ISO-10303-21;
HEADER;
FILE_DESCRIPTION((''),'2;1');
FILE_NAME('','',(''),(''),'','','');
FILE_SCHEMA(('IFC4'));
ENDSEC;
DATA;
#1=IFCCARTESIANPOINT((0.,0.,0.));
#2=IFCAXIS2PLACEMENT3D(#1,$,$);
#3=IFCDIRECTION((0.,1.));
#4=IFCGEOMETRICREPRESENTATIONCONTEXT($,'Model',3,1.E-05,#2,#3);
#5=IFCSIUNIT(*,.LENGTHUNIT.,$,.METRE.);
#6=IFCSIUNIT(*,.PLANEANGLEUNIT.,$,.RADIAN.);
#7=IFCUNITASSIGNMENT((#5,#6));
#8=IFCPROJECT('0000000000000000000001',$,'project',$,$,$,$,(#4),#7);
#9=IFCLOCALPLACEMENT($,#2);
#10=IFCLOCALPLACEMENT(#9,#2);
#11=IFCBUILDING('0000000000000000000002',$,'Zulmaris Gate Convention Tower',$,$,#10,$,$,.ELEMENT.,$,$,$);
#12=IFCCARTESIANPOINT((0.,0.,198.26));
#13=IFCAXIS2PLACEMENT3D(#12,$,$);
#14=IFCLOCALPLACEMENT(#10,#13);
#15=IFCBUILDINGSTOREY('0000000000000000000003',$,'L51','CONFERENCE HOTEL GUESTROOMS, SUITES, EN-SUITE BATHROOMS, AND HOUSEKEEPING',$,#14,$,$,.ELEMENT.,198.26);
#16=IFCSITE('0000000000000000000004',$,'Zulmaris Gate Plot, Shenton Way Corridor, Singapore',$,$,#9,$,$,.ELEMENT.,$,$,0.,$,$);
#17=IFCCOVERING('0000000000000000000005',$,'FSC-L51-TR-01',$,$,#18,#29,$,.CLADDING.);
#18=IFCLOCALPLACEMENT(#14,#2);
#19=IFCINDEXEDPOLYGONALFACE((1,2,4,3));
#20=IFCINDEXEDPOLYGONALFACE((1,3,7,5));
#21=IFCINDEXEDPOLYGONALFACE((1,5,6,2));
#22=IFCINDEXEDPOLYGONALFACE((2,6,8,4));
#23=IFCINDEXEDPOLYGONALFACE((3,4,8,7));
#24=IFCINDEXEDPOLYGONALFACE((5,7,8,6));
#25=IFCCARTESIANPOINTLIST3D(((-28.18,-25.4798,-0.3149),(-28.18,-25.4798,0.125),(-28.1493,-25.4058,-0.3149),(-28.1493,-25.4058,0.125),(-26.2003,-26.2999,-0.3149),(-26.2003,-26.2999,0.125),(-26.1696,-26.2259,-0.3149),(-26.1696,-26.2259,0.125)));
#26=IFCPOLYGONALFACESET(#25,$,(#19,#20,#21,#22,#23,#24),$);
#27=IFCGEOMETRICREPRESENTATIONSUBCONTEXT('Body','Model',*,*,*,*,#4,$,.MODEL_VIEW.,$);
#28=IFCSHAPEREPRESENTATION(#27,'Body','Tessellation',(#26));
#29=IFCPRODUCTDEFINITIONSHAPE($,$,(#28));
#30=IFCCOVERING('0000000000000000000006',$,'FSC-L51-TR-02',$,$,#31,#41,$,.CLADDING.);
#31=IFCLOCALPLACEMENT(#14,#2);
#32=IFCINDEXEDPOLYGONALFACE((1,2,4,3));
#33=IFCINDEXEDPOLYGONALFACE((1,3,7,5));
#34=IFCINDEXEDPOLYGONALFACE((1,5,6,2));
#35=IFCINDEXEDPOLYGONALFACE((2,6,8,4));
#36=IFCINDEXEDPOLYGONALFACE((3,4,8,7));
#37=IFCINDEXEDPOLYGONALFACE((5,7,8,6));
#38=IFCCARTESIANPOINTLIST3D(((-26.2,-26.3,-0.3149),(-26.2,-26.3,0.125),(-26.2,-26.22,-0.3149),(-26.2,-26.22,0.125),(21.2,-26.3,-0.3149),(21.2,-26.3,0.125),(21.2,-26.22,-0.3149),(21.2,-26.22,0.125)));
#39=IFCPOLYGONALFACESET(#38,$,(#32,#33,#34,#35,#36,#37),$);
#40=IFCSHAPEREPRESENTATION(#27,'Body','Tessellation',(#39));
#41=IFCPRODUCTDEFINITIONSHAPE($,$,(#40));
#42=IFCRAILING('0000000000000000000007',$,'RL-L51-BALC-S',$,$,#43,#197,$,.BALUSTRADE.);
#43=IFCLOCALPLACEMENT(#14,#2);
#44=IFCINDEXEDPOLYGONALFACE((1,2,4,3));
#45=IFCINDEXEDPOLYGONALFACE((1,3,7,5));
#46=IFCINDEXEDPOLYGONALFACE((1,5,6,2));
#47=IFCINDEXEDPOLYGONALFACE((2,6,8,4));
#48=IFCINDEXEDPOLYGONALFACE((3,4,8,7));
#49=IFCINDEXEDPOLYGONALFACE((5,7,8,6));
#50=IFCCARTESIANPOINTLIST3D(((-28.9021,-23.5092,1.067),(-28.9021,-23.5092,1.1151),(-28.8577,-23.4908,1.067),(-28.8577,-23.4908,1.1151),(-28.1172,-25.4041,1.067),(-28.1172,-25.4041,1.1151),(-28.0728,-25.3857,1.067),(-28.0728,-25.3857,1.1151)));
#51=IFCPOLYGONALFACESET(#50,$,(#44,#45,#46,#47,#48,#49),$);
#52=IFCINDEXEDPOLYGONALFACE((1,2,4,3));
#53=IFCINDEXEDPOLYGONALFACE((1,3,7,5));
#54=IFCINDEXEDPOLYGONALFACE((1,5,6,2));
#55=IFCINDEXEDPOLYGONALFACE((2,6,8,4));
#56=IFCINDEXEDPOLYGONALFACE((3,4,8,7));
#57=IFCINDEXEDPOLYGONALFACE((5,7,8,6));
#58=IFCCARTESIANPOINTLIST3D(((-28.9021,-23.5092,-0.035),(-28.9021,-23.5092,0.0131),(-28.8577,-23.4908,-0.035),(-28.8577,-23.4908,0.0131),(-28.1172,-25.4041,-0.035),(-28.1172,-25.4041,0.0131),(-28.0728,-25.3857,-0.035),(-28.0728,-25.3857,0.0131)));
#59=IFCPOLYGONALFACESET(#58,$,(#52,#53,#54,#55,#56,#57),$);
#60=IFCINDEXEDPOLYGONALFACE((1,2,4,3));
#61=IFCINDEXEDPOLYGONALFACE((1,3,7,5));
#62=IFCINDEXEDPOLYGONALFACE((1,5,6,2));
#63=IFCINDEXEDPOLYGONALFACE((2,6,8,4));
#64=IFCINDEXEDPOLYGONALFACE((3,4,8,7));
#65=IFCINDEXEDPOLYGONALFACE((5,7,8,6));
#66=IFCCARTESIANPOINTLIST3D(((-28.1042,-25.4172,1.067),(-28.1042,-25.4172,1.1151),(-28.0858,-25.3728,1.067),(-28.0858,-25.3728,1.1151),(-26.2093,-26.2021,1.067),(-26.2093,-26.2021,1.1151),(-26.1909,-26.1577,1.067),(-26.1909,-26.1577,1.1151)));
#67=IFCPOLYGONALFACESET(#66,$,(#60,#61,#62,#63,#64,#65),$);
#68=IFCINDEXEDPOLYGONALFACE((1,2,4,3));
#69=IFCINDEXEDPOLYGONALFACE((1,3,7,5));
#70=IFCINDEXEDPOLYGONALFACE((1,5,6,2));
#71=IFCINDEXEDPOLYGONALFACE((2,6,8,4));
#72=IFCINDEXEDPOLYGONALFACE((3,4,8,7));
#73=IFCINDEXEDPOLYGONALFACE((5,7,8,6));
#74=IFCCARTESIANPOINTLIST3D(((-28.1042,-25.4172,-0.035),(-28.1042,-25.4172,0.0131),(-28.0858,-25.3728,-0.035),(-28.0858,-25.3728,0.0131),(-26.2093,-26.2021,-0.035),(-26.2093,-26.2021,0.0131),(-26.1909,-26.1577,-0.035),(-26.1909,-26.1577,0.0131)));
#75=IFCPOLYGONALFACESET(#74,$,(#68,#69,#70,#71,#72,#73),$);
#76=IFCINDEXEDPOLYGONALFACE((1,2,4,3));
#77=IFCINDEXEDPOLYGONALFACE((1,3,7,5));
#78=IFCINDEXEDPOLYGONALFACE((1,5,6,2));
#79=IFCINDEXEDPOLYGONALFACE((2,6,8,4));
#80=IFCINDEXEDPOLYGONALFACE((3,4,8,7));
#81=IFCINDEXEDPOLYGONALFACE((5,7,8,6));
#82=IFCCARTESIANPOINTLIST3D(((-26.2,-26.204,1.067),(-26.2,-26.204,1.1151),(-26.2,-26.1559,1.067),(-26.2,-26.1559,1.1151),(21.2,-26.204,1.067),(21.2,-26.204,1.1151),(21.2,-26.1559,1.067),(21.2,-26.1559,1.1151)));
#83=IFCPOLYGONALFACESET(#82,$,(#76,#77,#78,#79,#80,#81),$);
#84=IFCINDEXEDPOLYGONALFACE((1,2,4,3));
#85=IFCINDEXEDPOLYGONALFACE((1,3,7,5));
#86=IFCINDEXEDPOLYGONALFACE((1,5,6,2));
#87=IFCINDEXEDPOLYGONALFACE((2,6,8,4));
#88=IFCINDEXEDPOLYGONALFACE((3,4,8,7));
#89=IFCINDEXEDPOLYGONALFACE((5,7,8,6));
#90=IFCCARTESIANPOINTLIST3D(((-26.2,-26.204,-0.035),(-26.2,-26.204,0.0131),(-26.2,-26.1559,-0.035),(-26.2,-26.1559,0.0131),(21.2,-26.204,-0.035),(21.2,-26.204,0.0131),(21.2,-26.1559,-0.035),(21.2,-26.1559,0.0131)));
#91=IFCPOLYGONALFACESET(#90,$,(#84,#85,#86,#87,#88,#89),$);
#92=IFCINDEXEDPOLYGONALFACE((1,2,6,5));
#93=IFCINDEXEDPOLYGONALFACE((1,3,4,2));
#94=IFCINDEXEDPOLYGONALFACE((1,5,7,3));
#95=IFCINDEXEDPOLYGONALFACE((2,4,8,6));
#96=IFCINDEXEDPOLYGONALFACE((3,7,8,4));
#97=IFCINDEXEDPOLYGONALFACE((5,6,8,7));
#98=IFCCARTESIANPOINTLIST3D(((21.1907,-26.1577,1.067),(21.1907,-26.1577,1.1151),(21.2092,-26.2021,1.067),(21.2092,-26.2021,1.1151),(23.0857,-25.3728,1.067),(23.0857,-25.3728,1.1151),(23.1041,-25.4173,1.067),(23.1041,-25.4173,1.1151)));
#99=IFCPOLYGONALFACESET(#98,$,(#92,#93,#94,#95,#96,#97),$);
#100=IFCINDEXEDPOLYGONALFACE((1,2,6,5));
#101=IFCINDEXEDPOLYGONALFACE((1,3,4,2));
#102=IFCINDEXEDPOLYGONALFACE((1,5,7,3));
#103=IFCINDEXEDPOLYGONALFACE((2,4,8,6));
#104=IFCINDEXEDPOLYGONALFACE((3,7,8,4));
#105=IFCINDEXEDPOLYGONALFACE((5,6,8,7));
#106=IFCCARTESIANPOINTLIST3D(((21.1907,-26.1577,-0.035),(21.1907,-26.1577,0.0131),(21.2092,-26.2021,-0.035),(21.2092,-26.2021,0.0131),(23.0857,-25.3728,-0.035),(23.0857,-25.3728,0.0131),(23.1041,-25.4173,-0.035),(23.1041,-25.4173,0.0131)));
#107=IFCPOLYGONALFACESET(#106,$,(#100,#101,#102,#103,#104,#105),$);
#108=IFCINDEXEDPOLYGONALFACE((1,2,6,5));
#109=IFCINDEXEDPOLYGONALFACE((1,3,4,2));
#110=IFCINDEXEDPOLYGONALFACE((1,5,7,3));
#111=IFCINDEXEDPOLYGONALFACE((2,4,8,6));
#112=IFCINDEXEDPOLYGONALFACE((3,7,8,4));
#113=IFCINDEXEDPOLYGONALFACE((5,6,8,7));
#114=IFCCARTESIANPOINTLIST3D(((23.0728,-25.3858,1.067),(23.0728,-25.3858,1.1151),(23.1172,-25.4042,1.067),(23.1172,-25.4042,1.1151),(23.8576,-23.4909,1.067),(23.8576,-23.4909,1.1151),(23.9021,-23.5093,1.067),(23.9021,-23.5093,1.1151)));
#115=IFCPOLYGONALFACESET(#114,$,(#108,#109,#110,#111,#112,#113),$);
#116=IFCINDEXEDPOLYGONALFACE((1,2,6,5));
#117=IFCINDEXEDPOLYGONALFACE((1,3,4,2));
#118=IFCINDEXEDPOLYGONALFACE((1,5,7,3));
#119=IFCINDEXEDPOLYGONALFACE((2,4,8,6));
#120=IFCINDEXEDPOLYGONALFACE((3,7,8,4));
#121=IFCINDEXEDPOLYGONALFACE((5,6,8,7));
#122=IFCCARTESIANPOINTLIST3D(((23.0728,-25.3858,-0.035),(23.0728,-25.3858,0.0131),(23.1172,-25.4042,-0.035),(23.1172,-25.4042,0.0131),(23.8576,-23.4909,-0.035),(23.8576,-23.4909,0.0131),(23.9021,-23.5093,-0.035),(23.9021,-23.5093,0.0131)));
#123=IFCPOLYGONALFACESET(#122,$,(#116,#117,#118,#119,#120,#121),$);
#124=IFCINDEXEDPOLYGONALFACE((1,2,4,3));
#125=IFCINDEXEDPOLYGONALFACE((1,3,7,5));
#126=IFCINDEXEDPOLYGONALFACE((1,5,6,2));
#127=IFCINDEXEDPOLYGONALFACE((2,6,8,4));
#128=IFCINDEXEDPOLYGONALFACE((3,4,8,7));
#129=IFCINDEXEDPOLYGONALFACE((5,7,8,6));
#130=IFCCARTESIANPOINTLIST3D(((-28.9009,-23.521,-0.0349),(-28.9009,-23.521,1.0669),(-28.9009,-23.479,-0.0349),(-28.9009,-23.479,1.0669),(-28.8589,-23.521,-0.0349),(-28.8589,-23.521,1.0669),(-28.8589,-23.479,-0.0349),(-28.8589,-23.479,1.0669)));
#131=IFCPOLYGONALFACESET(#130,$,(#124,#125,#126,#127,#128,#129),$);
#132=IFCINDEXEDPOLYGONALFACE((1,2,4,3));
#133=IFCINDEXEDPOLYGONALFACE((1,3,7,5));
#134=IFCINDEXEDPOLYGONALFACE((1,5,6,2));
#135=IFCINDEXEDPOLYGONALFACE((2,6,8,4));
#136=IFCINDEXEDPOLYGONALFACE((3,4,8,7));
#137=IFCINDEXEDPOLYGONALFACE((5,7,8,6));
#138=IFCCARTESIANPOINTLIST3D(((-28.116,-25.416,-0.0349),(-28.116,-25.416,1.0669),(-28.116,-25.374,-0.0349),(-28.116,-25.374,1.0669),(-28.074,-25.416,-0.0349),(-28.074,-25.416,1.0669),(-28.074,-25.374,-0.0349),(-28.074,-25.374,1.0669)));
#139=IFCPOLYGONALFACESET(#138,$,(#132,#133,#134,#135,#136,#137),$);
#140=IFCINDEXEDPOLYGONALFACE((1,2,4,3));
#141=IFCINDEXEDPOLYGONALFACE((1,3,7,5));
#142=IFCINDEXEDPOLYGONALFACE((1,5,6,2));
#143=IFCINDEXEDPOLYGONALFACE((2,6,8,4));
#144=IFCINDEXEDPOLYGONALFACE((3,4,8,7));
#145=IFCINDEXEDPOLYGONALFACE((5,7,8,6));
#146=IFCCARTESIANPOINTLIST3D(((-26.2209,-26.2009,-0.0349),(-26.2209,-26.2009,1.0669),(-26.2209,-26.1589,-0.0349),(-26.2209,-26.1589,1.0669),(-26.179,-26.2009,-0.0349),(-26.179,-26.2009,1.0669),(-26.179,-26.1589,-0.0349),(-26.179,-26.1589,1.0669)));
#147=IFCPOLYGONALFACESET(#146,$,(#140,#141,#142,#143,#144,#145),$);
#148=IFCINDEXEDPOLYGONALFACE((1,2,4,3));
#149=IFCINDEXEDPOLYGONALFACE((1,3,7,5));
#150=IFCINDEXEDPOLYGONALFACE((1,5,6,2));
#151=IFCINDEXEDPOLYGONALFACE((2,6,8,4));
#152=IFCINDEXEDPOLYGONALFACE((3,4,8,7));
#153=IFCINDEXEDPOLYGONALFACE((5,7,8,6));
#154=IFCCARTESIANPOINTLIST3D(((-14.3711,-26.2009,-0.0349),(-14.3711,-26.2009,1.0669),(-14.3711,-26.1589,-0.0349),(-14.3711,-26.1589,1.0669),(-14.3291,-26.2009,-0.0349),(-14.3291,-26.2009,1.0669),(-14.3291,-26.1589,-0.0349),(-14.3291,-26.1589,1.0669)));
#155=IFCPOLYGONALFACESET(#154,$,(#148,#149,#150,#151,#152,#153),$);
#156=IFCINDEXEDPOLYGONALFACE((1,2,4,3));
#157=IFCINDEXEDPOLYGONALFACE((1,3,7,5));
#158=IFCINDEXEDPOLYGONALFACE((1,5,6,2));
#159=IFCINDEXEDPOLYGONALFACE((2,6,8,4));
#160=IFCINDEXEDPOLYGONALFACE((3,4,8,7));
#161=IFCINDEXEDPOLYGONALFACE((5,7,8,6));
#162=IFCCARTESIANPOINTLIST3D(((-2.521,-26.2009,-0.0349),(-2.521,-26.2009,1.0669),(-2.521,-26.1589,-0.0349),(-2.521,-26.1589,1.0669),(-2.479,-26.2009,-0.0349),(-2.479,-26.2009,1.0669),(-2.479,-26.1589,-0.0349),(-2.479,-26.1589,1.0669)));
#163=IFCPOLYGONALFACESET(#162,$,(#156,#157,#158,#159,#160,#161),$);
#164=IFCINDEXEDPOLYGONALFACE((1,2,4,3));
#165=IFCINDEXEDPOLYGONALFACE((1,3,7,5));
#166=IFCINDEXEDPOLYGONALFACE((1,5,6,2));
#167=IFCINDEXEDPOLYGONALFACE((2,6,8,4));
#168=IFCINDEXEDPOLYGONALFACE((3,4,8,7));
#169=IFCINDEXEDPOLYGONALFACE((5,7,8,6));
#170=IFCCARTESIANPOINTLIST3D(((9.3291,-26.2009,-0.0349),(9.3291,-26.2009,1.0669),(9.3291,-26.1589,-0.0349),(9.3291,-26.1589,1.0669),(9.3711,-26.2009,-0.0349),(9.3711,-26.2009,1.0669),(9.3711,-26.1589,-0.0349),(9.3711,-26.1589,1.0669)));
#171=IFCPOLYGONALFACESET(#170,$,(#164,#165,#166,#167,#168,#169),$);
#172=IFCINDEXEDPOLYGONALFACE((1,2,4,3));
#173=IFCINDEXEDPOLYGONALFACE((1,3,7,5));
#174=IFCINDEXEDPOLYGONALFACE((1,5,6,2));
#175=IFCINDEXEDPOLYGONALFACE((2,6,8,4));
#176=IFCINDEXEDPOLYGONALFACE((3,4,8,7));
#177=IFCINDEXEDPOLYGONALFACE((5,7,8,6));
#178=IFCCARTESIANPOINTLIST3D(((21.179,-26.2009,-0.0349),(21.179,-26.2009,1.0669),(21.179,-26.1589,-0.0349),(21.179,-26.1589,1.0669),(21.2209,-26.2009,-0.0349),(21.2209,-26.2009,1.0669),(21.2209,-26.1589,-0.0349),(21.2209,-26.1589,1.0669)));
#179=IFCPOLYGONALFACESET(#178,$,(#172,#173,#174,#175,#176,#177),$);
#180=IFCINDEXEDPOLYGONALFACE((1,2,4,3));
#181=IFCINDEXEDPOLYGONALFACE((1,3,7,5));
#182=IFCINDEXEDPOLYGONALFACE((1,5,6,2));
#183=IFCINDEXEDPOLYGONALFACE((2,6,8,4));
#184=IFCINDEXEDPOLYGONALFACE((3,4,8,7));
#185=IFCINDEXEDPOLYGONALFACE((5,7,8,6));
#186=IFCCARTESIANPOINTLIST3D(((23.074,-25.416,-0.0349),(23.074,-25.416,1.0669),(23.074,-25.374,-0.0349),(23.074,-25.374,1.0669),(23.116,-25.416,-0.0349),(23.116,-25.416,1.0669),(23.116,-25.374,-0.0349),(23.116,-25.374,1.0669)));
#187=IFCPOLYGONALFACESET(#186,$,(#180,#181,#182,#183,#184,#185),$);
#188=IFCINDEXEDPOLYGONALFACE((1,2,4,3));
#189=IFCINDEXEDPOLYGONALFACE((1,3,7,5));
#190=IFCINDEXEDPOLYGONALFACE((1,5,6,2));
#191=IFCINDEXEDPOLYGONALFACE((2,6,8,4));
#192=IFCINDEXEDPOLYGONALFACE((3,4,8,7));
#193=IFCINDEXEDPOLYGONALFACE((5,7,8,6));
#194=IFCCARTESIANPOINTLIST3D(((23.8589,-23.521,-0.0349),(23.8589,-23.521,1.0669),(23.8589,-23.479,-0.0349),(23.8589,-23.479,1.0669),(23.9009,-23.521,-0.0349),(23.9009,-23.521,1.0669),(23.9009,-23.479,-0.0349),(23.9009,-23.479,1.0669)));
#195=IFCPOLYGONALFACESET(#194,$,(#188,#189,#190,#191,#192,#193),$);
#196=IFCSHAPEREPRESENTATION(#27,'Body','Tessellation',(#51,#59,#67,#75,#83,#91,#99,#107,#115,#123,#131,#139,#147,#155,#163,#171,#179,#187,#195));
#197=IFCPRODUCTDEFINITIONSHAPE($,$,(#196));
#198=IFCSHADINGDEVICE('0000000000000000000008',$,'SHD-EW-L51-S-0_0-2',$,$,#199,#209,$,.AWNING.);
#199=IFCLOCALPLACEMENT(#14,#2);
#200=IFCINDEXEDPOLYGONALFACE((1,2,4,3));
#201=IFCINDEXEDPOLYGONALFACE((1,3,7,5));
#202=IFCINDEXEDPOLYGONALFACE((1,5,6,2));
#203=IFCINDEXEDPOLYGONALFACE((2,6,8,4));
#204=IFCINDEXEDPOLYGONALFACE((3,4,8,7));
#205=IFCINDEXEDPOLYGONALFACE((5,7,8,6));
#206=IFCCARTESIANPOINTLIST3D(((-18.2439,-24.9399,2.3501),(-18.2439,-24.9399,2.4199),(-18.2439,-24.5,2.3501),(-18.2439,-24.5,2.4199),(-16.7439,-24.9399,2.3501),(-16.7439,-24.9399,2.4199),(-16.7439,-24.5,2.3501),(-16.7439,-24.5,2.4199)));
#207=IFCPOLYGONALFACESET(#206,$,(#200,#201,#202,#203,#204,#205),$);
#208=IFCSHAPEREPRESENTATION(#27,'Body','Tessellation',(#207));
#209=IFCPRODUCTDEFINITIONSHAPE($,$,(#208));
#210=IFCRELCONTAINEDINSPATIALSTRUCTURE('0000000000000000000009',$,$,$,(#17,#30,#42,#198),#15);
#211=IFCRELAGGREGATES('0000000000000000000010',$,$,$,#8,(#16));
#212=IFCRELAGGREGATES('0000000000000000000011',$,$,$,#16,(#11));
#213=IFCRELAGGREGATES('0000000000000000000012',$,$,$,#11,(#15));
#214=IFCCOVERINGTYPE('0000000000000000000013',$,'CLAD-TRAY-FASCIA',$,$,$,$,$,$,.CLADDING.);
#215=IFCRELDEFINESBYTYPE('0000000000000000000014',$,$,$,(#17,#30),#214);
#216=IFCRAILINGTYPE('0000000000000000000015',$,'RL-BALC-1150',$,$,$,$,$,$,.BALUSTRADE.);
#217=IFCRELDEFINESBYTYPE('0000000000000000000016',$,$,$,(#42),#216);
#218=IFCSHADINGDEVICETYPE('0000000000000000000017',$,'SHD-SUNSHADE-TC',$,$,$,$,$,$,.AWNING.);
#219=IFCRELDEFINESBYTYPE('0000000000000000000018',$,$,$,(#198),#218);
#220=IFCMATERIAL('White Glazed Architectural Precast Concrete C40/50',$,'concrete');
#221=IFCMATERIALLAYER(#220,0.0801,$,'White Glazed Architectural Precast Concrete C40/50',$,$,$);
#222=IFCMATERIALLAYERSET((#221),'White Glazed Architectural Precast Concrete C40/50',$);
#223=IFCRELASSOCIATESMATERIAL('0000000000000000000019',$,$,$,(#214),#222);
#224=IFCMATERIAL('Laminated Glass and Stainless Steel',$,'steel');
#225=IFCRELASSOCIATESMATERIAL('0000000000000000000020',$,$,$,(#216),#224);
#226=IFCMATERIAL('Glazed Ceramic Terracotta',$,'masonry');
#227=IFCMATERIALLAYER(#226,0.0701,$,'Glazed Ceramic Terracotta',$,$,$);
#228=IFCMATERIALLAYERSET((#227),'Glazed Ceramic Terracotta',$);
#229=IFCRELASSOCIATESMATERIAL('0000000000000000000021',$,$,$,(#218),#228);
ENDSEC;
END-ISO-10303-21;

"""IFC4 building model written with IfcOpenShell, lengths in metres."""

from ifc_helpers import new_model, si_unit, direction, frame, frame_2d, origin, origin_2d, place, context, subcontext, project, spatial, rectangle, extrude, material, layer, layer_set, type_object, element, save


model = new_model("IFC4")

# Units and contexts
model_context = context("Model", 3, precision=1e-05, world=origin(), true_north=direction((0.0, 1.0)))
body_context = subcontext(model_context, "Body", "Model", "MODEL_VIEW")
ifc_project = project(units=[si_unit("LENGTHUNIT", "METRE"), si_unit("PLANEANGLEUNIT", "RADIAN")], contexts=[model_context])

# Site, building, storey
site_placement = place(None, origin())
site = spatial("IfcSite", under=ifc_project, at=site_placement, Name="Zulmaris Gate Plot, Shenton Way Corridor, Singapore", CompositionType="ELEMENT", RefElevation=0.0)
building_placement = place(site_placement, origin())
building = spatial("IfcBuilding", under=site, at=building_placement, Name="Zulmaris Gate Convention Tower", CompositionType="ELEMENT")
storey_placement = place(building_placement, frame((0.0, 0.0, 198.26)))
storey = spatial("IfcBuildingStorey", under=building, at=storey_placement, Name="L51", Description="CONFERENCE HOTEL GUESTROOMS, SUITES, EN-SUITE BATHROOMS, AND HOUSEKEEPING", CompositionType="ELEMENT", Elevation=198.26)

# Coverings
ifc_material_1 = material(Name="White Glazed Architectural Precast Concrete C40/50", Category="concrete")
ifc_layer_1 = layer(ifc_material_1, 0.0801, Name="White Glazed Architectural Precast Concrete C40/50")
ifc_layer_set_1 = layer_set([ifc_layer_1], Name="White Glazed Architectural Precast Concrete C40/50")
covering_type_1 = type_object("IfcCoveringType", Name="CLAD-TRAY-FASCIA", PredefinedType="CLADDING", material=ifc_layer_set_1)
covering_1_placement = place(storey_placement, frame((-28.1646, -25.4429, -0.3149), z_axis=(0.0, 0.0, 1.0), x_axis=(0.923874, -0.382697, 0.0)))
element("IfcCovering", 1, at=covering_1_placement, inside=storey, type_object=covering_type_1, Name="FSC-L51-TR-01", PredefinedType="CLADDING", context=body_context, shape_type="SweptSolid", body=[
    extrude(rectangle(XDim=2.1428, YDim=0.0801, at=frame_2d((1.0713, 0.0))), origin(), (0.0, 0.0, 1.0), 0.4399),
])
covering_2_placement = place(storey_placement, frame((-26.2, -26.26, -0.3149), z_axis=(0.0, 0.0, 1.0), x_axis=(1.0, 0.0, 0.0)))
element("IfcCovering", 2, at=covering_2_placement, inside=storey, type_object=covering_type_1, Name="FSC-L51-TR-02", PredefinedType="CLADDING", context=body_context, shape_type="SweptSolid", body=[
    extrude(rectangle(XDim=47.3999, YDim=0.0801, at=frame_2d((23.7, 0.0))), origin(), (0.0, 0.0, 1.0), 0.4399),
])

# Railing
ifc_material_2 = material(Name="Laminated Glass and Stainless Steel", Category="steel")
railing_type = type_object("IfcRailingType", Name="RL-BALC-1150", PredefinedType="BALUSTRADE", material=ifc_material_2)
railing_placement = place(storey_placement, frame((-28.8799, -23.5, -0.0349)))
element("IfcRailing", 3, at=railing_placement, inside=storey, type_object=railing_type, Name="RL-L51-BALC-S", PredefinedType="BALUSTRADE", context=body_context, shape_type="SweptSolid", body=[
    extrude(rectangle(XDim=0.0481, YDim=0.0481, at=origin_2d()), frame((0.0, 0.0, 1.126), z_axis=(0.382671, -0.923885, 0.0), x_axis=(0.923885, 0.382671, 0.0)), (0.0, 0.0, 1.0), 2.051),
    extrude(rectangle(XDim=0.0481, YDim=0.0481, at=origin_2d()), frame((0.0, 0.0, 0.0239), z_axis=(0.382671, -0.923885, 0.0), x_axis=(0.923885, 0.382671, 0.0)), (0.0, 0.0, 1.0), 2.051),
    extrude(rectangle(XDim=0.0481, YDim=0.0481, at=origin_2d()), frame((0.7849, -1.895, 1.126), z_axis=(0.923885, -0.382671, 0.0), x_axis=(0.382671, 0.923885, 0.0)), (0.0, 0.0, 1.0), 2.051),
    extrude(rectangle(XDim=0.0481, YDim=0.0481, at=origin_2d()), frame((0.7849, -1.895, 0.0239), z_axis=(0.923885, -0.382671, 0.0), x_axis=(0.382671, 0.923885, 0.0)), (0.0, 0.0, 1.0), 2.051),
    extrude(rectangle(XDim=0.0481, YDim=0.0481, at=origin_2d()), frame((2.6799, -2.6799, 1.126), z_axis=(1.0, 0.0, 0.0), x_axis=(0.0, 1.0, 0.0)), (0.0, 0.0, 1.0), 47.3999),
    extrude(rectangle(XDim=0.0481, YDim=0.0481, at=origin_2d()), frame((2.6799, -2.6799, 0.0239), z_axis=(1.0, 0.0, 0.0), x_axis=(0.0, 1.0, 0.0)), (0.0, 0.0, 1.0), 47.3999),
    extrude(rectangle(XDim=0.0481, YDim=0.0481, at=origin_2d()), frame((50.0798, -2.6799, 1.126), z_axis=(0.923885, 0.382671, 0.0), x_axis=(-0.382671, 0.923885, 0.0)), (0.0, 0.0, 1.0), 2.051),
    extrude(rectangle(XDim=0.0481, YDim=0.0481, at=origin_2d()), frame((50.0798, -2.6799, 0.0239), z_axis=(0.923885, 0.382671, 0.0), x_axis=(-0.382671, 0.923885, 0.0)), (0.0, 0.0, 1.0), 2.051),
    extrude(rectangle(XDim=0.0481, YDim=0.0481, at=origin_2d()), frame((51.9749, -1.895, 1.126), z_axis=(0.382671, 0.923885, 0.0), x_axis=(-0.923885, 0.382671, 0.0)), (0.0, 0.0, 1.0), 2.051),
    extrude(rectangle(XDim=0.0481, YDim=0.0481, at=origin_2d()), frame((51.9749, -1.895, 0.0239), z_axis=(0.382671, 0.923885, 0.0), x_axis=(-0.923885, 0.382671, 0.0)), (0.0, 0.0, 1.0), 2.051),
    extrude(rectangle(XDim=0.042, YDim=0.042, at=origin_2d()), origin(), (0.0, 0.0, 1.0), 1.1018),
    extrude(rectangle(XDim=0.042, YDim=0.042, at=origin_2d()), frame((0.7849, -1.895, 0.0)), (0.0, 0.0, 1.0), 1.1018),
    extrude(rectangle(XDim=0.042, YDim=0.042, at=origin_2d()), frame((2.6799, -2.6799, 0.0)), (0.0, 0.0, 1.0), 1.1018),
    extrude(rectangle(XDim=0.042, YDim=0.042, at=origin_2d()), frame((14.5298, -2.6799, 0.0)), (0.0, 0.0, 1.0), 1.1018),
    extrude(rectangle(XDim=0.042, YDim=0.042, at=origin_2d()), frame((26.3799, -2.6799, 0.0)), (0.0, 0.0, 1.0), 1.1018),
    extrude(rectangle(XDim=0.042, YDim=0.042, at=origin_2d()), frame((38.23, -2.6799, 0.0)), (0.0, 0.0, 1.0), 1.1018),
    extrude(rectangle(XDim=0.042, YDim=0.042, at=origin_2d()), frame((50.0798, -2.6799, 0.0)), (0.0, 0.0, 1.0), 1.1018),
    extrude(rectangle(XDim=0.042, YDim=0.042, at=origin_2d()), frame((51.9749, -1.895, 0.0)), (0.0, 0.0, 1.0), 1.1018),
    extrude(rectangle(XDim=0.042, YDim=0.042, at=origin_2d()), frame((52.7598, 0.0, 0.0)), (0.0, 0.0, 1.0), 1.1018),
])

# Shading device
ifc_material_3 = material(Name="Glazed Ceramic Terracotta", Category="masonry")
ifc_layer_2 = layer(ifc_material_3, 0.0701, Name="Glazed Ceramic Terracotta")
ifc_layer_set_2 = layer_set([ifc_layer_2], Name="Glazed Ceramic Terracotta")
shading_device_type = type_object("IfcShadingDeviceType", Name="SHD-SUNSHADE-TC", PredefinedType="AWNING", material=ifc_layer_set_2)
shading_device_placement = place(storey_placement, frame((-18.2439, -24.72, 2.3501), z_axis=(0.0, 0.0, 1.0), x_axis=(1.0, 0.0, 0.0)))
element("IfcShadingDevice", 4, at=shading_device_placement, inside=storey, type_object=shading_device_type, Name="SHD-EW-L51-S-0_0-2", PredefinedType="AWNING", context=body_context, shape_type="SweptSolid", body=[
    extrude(rectangle(XDim=1.5, YDim=0.4399, at=frame_2d((0.75, 0.0))), origin(), (0.0, 0.0, 1.0), 0.0698),
])

save(model, "model.ifc")
